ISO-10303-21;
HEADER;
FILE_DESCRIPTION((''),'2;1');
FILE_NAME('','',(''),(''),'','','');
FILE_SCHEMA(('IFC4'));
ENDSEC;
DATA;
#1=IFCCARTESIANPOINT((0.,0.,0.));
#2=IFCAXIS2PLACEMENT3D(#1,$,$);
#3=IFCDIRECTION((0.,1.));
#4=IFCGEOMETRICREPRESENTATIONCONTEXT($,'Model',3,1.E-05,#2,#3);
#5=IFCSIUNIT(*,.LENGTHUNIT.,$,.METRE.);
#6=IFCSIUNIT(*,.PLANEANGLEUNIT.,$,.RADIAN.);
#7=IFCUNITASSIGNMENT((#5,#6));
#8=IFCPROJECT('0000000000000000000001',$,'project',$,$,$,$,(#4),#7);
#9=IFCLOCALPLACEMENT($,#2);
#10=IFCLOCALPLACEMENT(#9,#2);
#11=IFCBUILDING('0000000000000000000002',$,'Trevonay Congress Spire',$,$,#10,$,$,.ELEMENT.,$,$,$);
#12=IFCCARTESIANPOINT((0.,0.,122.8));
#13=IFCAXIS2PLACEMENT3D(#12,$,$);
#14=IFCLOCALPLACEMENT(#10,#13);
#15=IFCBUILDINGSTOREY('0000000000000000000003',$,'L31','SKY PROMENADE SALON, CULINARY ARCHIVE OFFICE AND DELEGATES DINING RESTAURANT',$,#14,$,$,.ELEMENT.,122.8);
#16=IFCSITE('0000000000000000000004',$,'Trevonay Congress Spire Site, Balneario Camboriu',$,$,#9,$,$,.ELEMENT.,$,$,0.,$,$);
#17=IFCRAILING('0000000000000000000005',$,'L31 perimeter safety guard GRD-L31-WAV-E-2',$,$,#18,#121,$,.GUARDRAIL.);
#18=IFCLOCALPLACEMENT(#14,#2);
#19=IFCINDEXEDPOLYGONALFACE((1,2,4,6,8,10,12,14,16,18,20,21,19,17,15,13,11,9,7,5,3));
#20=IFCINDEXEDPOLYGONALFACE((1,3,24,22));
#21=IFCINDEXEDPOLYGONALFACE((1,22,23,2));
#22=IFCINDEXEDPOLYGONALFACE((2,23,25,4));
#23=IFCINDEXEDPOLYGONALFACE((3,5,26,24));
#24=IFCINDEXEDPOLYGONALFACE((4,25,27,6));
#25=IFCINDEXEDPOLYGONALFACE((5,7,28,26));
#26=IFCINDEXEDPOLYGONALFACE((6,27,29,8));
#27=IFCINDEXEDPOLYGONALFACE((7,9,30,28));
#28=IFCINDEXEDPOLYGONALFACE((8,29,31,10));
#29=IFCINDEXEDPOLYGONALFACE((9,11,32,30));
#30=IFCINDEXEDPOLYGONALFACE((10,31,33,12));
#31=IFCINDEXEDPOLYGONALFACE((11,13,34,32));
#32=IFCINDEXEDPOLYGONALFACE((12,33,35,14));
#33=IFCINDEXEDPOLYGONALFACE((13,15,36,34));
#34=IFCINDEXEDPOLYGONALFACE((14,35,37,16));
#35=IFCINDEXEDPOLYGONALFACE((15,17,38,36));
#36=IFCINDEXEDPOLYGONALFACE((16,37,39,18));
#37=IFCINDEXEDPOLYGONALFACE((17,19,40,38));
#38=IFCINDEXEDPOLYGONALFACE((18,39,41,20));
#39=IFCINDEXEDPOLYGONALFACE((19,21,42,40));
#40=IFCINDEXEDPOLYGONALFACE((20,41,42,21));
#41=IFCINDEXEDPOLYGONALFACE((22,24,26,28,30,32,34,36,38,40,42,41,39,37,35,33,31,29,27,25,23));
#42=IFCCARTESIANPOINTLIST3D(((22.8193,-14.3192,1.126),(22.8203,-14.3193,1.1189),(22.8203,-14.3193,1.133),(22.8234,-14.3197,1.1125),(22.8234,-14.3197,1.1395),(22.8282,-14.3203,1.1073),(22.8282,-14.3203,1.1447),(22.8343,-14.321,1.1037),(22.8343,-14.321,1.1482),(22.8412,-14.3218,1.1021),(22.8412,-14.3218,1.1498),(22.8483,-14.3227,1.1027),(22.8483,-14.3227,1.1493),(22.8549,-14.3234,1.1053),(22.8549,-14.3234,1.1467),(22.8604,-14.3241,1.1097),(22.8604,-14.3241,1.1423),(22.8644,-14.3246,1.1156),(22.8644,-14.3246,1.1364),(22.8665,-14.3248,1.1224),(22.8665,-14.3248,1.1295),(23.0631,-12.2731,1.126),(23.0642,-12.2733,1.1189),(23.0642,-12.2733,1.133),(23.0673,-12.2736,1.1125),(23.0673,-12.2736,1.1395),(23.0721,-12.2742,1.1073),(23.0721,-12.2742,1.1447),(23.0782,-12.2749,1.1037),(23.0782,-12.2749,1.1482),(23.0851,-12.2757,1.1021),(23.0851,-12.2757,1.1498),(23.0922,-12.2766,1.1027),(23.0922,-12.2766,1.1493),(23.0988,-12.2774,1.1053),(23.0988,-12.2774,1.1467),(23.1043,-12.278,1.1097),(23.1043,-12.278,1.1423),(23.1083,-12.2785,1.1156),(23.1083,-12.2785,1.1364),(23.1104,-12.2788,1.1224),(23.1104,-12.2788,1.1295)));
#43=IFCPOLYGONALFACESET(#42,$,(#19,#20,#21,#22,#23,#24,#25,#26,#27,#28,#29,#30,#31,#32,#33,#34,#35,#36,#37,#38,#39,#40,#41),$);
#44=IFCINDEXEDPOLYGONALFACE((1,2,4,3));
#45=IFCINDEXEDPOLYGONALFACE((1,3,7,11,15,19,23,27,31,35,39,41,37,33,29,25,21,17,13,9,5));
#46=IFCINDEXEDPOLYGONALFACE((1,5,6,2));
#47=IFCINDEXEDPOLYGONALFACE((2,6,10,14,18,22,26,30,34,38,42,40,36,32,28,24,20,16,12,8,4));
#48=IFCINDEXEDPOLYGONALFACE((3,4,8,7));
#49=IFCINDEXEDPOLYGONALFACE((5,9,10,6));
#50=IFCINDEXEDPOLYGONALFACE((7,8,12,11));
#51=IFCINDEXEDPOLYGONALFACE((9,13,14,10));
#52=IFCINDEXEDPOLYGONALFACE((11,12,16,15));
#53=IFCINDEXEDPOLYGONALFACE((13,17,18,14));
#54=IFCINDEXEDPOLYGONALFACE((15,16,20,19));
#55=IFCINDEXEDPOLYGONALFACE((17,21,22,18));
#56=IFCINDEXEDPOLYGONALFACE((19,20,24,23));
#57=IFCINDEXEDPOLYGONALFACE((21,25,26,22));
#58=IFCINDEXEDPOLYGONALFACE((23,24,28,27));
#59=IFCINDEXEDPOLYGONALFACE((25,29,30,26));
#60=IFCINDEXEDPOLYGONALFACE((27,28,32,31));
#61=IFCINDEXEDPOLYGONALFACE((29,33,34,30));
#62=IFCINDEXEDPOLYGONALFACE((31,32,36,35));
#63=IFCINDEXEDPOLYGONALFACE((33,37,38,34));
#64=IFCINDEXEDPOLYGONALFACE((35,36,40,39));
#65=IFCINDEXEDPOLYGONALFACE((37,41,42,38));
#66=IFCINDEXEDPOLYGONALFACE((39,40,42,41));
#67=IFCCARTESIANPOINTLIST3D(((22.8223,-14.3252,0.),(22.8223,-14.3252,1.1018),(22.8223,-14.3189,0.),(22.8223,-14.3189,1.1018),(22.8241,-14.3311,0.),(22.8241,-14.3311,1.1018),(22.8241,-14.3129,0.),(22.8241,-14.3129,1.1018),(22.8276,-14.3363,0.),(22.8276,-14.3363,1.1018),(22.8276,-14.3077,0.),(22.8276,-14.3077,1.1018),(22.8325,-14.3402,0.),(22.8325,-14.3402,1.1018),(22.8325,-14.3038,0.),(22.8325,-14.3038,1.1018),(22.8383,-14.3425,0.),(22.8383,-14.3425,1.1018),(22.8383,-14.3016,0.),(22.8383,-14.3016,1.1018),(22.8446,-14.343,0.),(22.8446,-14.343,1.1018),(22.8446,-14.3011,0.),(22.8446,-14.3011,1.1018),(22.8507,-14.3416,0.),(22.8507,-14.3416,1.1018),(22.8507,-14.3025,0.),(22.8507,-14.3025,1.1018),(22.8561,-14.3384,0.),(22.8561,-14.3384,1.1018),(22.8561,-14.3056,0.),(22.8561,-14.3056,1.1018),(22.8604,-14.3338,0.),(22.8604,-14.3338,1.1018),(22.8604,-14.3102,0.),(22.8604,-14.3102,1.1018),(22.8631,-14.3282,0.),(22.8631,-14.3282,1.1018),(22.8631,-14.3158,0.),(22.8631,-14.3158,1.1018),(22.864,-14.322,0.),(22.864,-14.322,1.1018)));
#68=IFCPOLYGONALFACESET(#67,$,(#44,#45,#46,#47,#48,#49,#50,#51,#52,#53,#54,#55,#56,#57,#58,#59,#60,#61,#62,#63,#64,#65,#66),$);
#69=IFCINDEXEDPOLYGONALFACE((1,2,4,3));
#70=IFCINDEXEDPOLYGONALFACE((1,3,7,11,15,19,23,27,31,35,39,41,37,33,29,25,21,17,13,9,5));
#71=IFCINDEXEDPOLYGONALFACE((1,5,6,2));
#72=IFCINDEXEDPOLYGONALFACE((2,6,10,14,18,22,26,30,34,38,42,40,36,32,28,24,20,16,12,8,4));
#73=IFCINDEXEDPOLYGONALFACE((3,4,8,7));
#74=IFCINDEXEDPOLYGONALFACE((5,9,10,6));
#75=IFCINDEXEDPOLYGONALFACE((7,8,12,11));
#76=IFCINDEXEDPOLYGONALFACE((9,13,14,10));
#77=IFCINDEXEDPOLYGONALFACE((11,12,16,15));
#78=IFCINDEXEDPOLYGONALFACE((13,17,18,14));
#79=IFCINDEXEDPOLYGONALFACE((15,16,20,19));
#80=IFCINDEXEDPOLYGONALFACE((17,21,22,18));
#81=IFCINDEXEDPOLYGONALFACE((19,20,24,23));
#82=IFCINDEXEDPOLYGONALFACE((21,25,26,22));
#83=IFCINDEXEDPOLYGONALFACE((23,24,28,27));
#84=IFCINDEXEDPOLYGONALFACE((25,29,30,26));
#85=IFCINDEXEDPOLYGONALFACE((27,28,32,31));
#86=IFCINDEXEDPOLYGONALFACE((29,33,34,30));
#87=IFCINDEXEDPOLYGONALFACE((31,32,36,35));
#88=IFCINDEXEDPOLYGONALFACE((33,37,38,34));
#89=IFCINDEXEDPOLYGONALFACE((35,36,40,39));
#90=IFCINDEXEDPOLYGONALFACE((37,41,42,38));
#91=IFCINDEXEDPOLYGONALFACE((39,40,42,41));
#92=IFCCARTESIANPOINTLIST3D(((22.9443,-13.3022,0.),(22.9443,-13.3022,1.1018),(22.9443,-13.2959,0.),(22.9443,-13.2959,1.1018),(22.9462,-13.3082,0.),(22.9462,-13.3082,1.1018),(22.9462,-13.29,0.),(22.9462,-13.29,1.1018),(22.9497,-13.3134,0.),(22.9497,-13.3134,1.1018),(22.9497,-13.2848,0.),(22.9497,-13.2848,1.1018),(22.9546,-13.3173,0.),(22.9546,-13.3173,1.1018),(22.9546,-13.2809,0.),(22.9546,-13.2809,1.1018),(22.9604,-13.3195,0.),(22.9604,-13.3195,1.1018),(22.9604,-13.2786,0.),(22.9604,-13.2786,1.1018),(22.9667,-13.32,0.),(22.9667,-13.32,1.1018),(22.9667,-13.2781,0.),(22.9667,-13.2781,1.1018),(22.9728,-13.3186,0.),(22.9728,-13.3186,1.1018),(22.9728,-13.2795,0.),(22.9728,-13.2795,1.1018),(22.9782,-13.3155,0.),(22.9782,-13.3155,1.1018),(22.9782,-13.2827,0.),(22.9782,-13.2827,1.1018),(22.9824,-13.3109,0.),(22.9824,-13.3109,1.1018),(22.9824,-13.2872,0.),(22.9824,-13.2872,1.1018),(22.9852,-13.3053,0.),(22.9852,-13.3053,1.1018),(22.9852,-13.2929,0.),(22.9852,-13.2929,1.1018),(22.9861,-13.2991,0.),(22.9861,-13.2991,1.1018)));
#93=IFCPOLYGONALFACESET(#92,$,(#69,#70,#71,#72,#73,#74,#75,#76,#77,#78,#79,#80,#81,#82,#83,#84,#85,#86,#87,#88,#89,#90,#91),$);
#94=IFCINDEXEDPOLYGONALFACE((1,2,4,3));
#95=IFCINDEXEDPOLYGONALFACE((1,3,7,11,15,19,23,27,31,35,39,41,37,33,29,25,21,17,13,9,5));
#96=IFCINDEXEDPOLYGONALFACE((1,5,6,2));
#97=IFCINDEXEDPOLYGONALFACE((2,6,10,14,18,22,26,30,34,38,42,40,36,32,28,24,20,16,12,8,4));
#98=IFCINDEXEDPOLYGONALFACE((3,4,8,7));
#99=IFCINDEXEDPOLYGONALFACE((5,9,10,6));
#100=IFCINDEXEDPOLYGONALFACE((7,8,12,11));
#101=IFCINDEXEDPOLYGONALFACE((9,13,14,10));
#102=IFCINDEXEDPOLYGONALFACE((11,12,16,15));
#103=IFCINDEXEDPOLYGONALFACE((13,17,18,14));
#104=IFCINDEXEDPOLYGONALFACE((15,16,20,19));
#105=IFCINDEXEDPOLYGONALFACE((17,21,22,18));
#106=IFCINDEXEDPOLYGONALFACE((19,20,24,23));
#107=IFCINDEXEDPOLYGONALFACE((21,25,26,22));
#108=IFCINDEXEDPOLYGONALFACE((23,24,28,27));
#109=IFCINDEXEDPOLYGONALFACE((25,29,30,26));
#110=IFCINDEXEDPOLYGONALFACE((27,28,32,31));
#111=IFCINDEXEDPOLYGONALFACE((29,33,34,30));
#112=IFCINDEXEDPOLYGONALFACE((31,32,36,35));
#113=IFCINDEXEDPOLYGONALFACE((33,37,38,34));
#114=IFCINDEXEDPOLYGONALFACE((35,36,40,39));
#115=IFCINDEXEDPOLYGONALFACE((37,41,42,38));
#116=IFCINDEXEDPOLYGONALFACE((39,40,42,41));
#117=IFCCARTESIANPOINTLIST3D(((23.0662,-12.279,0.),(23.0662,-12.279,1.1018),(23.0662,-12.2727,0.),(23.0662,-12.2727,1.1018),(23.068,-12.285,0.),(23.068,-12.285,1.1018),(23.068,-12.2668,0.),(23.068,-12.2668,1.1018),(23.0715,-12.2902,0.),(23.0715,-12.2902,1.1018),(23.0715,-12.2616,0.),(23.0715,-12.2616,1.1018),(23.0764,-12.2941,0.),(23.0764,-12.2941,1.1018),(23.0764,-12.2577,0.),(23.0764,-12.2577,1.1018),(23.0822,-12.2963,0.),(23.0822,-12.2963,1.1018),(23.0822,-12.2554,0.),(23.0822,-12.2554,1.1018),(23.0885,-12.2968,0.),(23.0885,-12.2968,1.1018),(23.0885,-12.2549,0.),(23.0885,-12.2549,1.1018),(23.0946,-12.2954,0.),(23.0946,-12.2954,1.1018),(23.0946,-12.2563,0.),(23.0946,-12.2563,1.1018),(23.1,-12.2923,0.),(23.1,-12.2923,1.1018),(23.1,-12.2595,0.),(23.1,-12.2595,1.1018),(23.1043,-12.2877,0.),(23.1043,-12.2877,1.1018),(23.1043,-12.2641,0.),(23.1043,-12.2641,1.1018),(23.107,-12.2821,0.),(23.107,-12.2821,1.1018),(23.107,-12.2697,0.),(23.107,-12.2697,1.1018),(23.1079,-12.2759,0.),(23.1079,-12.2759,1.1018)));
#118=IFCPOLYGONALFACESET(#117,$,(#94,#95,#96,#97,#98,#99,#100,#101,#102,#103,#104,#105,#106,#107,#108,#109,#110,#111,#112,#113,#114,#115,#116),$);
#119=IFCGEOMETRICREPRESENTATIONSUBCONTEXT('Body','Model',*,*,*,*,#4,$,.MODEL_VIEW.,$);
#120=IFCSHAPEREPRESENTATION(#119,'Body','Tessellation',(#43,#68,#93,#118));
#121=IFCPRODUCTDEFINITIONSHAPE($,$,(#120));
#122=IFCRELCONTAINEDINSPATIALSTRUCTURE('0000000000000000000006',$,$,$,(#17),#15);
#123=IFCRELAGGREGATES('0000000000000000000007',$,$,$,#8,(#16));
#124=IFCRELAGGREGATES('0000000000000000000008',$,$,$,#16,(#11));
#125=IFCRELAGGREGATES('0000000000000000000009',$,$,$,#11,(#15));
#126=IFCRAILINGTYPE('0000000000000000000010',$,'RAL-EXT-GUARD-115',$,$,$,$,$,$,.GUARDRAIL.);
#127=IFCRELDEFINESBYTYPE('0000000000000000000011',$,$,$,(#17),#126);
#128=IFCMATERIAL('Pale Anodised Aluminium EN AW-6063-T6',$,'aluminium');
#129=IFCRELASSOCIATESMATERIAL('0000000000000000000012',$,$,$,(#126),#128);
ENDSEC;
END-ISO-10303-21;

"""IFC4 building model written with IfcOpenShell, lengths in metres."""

from ifc_helpers import new_model, si_unit, direction, frame, origin, origin_2d, place, context, subcontext, project, spatial, circle, extrude, material, type_object, element, save


model = new_model("IFC4")

# Units and contexts
model_context = context("Model", 3, precision=1e-05, world=origin(), true_north=direction((0.0, 1.0)))
body_context = subcontext(model_context, "Body", "Model", "MODEL_VIEW")
ifc_project = project(units=[si_unit("LENGTHUNIT", "METRE"), si_unit("PLANEANGLEUNIT", "RADIAN")], contexts=[model_context])

# Site, building, storey
site_placement = place(None, origin())
site = spatial("IfcSite", under=ifc_project, at=site_placement, Name="Trevonay Congress Spire Site, Balneario Camboriu", CompositionType="ELEMENT", RefElevation=0.0)
building_placement = place(site_placement, origin())
building = spatial("IfcBuilding", under=site, at=building_placement, Name="Trevonay Congress Spire", CompositionType="ELEMENT")
storey_placement = place(building_placement, frame((0.0, 0.0, 122.8)))
storey = spatial("IfcBuildingStorey", under=building, at=storey_placement, Name="L31", Description="SKY PROMENADE SALON, CULINARY ARCHIVE OFFICE AND DELEGATES DINING RESTAURANT", CompositionType="ELEMENT", Elevation=122.8)

# Shared definitions
ifc_material_1 = material(Name="Pale Anodised Aluminium EN AW-6063-T6", Category="aluminium")

# Railing
railing_type = type_object("IfcRailingType", Name="RAL-EXT-GUARD-115", PredefinedType="GUARDRAIL", material=ifc_material_1)
railing_1_placement = place(storey_placement, frame((22.843, -14.322, 0.0)))
element("IfcRailing", 1, at=railing_1_placement, inside=storey, type_object=railing_type, Name="L31 perimeter safety guard GRD-L31-WAV-E-2", PredefinedType="GUARDRAIL", context=body_context, shape_type="SweptSolid", body=[
    extrude(circle(Radius=0.0239, at=origin_2d()), frame((0.0, 0.0, 1.126), z_axis=(0.11836, 0.992971, 0.0), x_axis=(-0.992971, 0.11836, 0.0)), (0.0, 0.0, 1.0), 2.0605),
    extrude(circle(Radius=0.021, at=origin_2d()), origin(), (0.0, 0.0, 1.0), 1.1018),
    extrude(circle(Radius=0.021, at=origin_2d()), frame((0.1221, 1.0229, 0.0)), (0.0, 0.0, 1.0), 1.1018),
    extrude(circle(Radius=0.021, at=origin_2d()), frame((0.2439, 2.0461, 0.0)), (0.0, 0.0, 1.0), 1.1018),
])

save(model, "model.ifc")
